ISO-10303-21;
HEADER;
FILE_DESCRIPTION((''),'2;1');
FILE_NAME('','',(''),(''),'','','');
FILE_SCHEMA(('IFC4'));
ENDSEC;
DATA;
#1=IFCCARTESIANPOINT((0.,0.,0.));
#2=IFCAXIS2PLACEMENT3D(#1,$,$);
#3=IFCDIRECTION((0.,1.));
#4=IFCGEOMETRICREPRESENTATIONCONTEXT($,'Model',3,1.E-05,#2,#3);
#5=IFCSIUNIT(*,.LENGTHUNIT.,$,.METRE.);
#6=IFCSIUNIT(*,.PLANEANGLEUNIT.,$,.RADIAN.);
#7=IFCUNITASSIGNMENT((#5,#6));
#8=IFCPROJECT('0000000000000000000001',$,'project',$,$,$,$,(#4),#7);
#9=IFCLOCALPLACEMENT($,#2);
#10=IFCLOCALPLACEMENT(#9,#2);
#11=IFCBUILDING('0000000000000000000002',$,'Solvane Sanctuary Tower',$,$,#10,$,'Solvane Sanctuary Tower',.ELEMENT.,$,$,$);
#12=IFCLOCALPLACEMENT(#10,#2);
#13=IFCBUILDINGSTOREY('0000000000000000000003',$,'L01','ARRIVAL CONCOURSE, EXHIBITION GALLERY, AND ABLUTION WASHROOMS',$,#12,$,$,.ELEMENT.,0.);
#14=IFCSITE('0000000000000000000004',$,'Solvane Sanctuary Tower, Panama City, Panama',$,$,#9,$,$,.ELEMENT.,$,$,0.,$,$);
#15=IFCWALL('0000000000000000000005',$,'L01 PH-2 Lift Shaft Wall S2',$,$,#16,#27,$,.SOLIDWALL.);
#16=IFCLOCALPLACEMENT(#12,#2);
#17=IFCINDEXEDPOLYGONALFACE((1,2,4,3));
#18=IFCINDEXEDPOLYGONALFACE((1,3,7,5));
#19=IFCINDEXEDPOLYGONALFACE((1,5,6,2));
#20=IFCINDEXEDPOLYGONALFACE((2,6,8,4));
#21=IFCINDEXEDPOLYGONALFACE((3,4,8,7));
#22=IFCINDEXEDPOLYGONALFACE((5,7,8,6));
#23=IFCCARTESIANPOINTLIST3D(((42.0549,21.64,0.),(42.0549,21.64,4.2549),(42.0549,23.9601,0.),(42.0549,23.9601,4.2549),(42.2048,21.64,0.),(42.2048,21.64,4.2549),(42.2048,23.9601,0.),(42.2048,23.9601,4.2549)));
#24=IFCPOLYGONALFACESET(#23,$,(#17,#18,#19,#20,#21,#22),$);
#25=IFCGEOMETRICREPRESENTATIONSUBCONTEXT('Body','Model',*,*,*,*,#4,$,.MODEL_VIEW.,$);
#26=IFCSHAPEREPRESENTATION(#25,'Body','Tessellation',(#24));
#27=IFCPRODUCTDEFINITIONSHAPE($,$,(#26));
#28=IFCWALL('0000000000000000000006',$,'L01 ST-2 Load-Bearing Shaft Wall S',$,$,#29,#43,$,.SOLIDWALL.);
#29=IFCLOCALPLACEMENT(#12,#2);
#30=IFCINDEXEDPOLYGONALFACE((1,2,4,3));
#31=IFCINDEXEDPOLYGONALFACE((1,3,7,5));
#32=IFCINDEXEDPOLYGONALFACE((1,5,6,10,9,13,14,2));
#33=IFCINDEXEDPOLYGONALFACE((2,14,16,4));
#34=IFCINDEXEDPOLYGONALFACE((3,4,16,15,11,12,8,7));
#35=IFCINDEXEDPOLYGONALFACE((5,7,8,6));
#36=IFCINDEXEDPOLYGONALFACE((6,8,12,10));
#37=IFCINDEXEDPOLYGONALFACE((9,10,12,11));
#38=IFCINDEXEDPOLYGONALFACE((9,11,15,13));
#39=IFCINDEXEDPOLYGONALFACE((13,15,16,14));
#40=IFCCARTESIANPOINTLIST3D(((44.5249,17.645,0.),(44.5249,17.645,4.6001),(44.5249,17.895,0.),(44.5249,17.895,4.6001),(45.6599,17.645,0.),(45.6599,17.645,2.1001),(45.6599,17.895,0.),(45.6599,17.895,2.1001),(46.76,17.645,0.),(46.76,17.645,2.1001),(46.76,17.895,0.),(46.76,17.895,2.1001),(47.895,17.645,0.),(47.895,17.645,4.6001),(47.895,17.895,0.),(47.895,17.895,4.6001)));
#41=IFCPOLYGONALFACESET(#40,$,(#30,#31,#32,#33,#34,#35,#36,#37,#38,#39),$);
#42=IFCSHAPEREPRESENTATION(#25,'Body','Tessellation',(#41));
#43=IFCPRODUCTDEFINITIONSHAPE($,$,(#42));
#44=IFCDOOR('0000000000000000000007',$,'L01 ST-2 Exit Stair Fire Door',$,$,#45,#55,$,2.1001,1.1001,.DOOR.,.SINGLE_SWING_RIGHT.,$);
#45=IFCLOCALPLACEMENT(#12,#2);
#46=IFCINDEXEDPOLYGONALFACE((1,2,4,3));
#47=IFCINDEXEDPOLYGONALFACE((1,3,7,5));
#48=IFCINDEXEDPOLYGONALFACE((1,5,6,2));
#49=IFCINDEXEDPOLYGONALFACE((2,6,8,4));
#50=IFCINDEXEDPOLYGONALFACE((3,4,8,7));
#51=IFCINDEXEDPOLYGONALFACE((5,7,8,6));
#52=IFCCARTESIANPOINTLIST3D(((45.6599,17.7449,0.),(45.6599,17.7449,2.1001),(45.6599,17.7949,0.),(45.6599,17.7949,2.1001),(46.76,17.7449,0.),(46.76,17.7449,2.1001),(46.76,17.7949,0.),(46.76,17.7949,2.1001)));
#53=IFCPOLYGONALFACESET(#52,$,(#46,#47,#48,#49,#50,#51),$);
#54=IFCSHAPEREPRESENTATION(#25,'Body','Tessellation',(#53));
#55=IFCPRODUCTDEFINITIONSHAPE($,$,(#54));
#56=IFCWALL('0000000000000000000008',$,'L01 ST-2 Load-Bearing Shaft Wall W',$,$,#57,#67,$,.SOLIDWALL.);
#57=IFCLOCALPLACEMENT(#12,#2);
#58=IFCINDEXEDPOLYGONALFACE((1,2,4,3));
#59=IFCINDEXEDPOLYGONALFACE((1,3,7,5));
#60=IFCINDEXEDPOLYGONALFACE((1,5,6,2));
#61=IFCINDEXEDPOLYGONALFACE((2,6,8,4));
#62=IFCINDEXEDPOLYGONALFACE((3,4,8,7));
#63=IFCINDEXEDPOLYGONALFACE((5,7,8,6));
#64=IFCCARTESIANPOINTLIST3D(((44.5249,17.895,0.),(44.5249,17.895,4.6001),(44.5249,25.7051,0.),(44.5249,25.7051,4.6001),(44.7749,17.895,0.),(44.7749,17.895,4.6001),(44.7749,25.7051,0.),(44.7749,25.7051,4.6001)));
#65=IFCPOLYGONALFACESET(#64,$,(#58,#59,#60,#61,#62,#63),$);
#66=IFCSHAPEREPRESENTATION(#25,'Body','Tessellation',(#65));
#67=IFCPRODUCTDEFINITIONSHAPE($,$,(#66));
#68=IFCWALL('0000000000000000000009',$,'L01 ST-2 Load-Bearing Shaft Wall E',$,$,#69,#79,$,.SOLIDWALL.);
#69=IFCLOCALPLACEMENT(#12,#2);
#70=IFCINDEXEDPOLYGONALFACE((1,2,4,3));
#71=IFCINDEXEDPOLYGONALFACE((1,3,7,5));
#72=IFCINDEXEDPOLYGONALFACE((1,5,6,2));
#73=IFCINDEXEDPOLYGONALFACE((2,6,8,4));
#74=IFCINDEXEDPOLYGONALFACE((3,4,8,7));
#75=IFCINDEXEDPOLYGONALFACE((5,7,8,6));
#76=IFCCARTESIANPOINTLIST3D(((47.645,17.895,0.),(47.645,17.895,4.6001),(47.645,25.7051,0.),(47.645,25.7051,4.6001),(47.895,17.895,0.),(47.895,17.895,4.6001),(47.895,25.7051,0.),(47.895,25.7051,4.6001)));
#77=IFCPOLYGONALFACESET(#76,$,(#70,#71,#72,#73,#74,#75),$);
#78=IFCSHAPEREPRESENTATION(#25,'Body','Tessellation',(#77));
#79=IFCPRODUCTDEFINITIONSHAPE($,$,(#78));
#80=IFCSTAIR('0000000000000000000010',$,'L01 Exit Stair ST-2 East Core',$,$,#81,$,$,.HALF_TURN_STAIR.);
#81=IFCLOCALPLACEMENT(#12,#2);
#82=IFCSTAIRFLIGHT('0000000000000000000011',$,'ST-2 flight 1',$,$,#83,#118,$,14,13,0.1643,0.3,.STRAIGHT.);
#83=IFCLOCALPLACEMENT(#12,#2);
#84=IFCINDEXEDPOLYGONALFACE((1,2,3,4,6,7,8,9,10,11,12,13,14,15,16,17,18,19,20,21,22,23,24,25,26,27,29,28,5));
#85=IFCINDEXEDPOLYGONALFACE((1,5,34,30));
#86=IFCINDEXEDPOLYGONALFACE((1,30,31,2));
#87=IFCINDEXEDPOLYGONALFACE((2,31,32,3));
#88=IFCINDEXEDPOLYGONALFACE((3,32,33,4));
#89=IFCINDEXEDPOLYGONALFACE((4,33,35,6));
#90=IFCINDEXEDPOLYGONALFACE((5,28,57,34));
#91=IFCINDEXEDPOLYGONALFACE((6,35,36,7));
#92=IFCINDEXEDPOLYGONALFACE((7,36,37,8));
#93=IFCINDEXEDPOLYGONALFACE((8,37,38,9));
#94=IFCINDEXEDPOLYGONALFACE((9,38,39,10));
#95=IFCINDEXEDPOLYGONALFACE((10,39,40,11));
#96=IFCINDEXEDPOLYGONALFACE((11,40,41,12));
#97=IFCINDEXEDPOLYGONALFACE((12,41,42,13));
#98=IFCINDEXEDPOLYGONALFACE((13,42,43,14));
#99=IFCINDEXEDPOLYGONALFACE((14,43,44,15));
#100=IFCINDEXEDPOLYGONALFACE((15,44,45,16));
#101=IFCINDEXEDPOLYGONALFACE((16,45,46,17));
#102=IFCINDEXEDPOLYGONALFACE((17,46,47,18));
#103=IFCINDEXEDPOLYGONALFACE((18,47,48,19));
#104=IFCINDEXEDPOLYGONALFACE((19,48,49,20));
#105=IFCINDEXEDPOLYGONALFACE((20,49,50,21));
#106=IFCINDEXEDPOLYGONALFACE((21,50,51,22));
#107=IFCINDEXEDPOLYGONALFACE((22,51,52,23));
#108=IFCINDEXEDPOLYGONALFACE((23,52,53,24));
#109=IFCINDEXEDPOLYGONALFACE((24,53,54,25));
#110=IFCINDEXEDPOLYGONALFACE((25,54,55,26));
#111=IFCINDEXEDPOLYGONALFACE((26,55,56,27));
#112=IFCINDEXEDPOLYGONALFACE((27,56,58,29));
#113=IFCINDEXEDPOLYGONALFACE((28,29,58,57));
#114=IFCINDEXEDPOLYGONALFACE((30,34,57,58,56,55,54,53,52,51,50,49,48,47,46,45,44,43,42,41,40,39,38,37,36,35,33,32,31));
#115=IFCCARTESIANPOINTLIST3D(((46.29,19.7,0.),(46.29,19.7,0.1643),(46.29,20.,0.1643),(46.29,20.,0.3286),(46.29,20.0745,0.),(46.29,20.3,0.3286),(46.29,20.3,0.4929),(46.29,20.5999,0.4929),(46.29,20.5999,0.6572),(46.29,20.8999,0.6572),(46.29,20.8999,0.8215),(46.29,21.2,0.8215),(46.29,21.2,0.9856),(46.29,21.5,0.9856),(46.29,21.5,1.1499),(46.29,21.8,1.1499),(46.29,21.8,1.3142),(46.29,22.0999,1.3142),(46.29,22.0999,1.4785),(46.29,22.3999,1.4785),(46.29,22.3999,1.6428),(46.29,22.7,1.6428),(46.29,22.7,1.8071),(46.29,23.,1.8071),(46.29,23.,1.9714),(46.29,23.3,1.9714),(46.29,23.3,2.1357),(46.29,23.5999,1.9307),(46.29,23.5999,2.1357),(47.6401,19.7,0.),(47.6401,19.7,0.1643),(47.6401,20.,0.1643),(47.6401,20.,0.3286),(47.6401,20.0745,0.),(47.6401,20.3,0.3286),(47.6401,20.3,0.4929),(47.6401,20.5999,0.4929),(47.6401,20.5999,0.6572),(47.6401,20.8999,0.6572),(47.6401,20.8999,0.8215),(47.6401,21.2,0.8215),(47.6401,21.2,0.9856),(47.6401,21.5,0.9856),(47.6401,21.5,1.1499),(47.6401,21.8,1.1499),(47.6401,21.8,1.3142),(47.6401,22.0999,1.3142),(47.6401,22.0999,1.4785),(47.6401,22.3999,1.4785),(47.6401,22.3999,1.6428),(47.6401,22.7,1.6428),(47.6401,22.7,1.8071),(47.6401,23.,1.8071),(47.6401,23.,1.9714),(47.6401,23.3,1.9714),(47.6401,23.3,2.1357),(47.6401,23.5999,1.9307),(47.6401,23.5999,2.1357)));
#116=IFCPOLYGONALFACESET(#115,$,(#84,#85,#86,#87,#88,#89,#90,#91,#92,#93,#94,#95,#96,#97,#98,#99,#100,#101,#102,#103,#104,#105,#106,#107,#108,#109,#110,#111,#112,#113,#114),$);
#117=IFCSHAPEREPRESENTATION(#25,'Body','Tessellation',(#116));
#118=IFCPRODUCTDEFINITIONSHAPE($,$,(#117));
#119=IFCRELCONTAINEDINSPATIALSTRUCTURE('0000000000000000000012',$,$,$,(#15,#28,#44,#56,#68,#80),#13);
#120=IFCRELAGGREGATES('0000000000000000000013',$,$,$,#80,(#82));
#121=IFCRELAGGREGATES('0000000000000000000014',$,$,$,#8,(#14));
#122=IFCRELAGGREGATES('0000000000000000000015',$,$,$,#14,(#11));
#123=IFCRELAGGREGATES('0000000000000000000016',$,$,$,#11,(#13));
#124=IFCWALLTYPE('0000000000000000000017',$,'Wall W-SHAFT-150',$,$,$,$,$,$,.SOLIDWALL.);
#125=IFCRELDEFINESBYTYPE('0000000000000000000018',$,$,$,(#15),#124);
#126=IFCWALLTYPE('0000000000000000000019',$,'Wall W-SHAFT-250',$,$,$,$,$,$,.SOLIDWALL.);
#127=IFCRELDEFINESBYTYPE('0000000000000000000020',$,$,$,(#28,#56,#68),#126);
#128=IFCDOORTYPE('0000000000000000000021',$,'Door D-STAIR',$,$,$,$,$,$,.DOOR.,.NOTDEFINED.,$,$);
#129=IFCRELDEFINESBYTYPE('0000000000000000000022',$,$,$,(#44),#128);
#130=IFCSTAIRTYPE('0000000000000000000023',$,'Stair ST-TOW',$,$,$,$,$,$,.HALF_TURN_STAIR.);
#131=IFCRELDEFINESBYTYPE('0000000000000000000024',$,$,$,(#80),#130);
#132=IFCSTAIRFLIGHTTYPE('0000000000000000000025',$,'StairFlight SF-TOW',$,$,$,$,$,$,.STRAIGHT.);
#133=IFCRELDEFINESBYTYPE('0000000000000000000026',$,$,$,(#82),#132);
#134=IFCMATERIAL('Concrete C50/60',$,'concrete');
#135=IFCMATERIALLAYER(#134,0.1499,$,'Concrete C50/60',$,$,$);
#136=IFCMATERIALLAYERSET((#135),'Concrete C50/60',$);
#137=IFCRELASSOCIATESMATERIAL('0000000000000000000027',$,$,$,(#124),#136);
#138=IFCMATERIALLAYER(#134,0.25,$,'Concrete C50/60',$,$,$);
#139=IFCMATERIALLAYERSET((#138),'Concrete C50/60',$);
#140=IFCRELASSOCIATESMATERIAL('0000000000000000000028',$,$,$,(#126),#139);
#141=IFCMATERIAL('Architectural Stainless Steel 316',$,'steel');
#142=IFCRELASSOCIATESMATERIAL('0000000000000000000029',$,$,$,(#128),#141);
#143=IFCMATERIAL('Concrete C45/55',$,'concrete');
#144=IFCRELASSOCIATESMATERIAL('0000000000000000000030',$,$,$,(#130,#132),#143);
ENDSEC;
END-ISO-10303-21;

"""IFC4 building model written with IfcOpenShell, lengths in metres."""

from ifc_helpers import new_model, si_unit, direction, frame, frame_2d, origin, place, context, subcontext, project, spatial, polyline, rectangle, outline, extrude, material, layer, layer_set, type_object, element, fill, aggregate, save


model = new_model("IFC4")

# Units and contexts
model_context = context("Model", 3, precision=1e-05, world=origin(), true_north=direction((0.0, 1.0)))
body_context = subcontext(model_context, "Body", "Model", "MODEL_VIEW")
ifc_project = project(units=[si_unit("LENGTHUNIT", "METRE"), si_unit("PLANEANGLEUNIT", "RADIAN")], contexts=[model_context])

# Site, building, storey
site_placement = place(None, origin())
site = spatial("IfcSite", under=ifc_project, at=site_placement, Name="Solvane Sanctuary Tower, Panama City, Panama", CompositionType="ELEMENT", RefElevation=0.0)
building_placement = place(site_placement, origin())
building = spatial("IfcBuilding", under=site, at=building_placement, Name="Solvane Sanctuary Tower", LongName="Solvane Sanctuary Tower", CompositionType="ELEMENT")
storey_placement = place(building_placement, origin())
storey = spatial("IfcBuildingStorey", under=building, at=storey_placement, Name="L01", Description="ARRIVAL CONCOURSE, EXHIBITION GALLERY, AND ABLUTION WASHROOMS", CompositionType="ELEMENT", Elevation=0.0)

# Shared definitions
ifc_material_1 = material(Name="Architectural Stainless Steel 316", Category="steel")

# Shared definitions
ifc_material_2 = material(Name="Concrete C50/60", Category="concrete")
ifc_layer_1 = layer(ifc_material_2, 0.1499, Name="Concrete C50/60")
ifc_layer_set_1 = layer_set([ifc_layer_1], Name="Concrete C50/60")
wall_type_1 = type_object("IfcWallType", Name="Wall W-SHAFT-150", PredefinedType="SOLIDWALL", material=ifc_layer_set_1)

# Wall
for number, where, z_axis, x_axis, name in (
    (1, (42.1299, 21.6399, 0.0), (0.0, 0.0, 1.0), (0.0, 1.0, 0.0), "L01 PH-2 Lift Shaft Wall S2"),
):
    element("IfcWall", number, at=place(storey_placement, frame(where, z_axis=z_axis, x_axis=x_axis)), inside=storey, type_object=wall_type_1, Name=name, PredefinedType="SOLIDWALL", context=body_context, shape_type="SweptSolid", body=[
        extrude(rectangle(XDim=2.3201, YDim=0.1499, at=frame_2d((1.1602, 0.0))), origin(), (0.0, 0.0, 1.0), 4.2549),
    ])

# Wall, opening, door
ifc_layer_2 = layer(ifc_material_2, 0.25, Name="Concrete C50/60")
ifc_layer_set_2 = layer_set([ifc_layer_2], Name="Concrete C50/60")
wall_type_2 = type_object("IfcWallType", Name="Wall W-SHAFT-250", PredefinedType="SOLIDWALL", material=ifc_layer_set_2)
wall_1_placement = place(storey_placement, frame((44.5249, 17.77, 0.0), z_axis=(0.0, 0.0, 1.0), x_axis=(1.0, 0.0, 0.0)))
wall_1 = element("IfcWall", 2, at=wall_1_placement, inside=storey, type_object=wall_type_2, Name="L01 ST-2 Load-Bearing Shaft Wall S", PredefinedType="SOLIDWALL", context=body_context, shape_type="SweptSolid", body=[
    extrude(rectangle(XDim=3.3701, YDim=0.25, at=frame_2d((1.6851, 0.0))), origin(), (0.0, 0.0, 1.0), 4.6001),
])
opening_1_placement = place(wall_1_placement, frame((1.135, 0.0, 0.0)))
opening_1 = element("IfcOpeningElement", 3, at=opening_1_placement, cuts=wall_1, PredefinedType="OPENING", context=body_context, shape_type="SweptSolid", body=[
    extrude(rectangle(XDim=1.1001, YDim=2.1001, at=frame_2d((0.55, 1.05))), frame((0.0, 0.135, 0.0), z_axis=(0.0, -1.0, 0.0), x_axis=(1.0, 0.0, 0.0)), (0.0, 0.0, 1.0), 0.27),
])
door_type_1 = type_object("IfcDoorType", Name="Door D-STAIR", OperationType="NOTDEFINED", PredefinedType="DOOR", material=ifc_material_1)
door_1_placement = place(opening_1_placement, origin())
door_1 = element("IfcDoor", 4, at=door_1_placement, inside=storey, type_object=door_type_1, Name="L01 ST-2 Exit Stair Fire Door", OperationType="SINGLE_SWING_RIGHT", OverallHeight=2.1001, OverallWidth=1.1001, PredefinedType="DOOR", context=body_context, shape_type="SweptSolid", body=[
    extrude(rectangle(XDim=1.1001, YDim=2.1001, at=frame_2d((0.55, 1.05))), frame((0.0, 0.0249, 0.0), z_axis=(0.0, -1.0, 0.0), x_axis=(1.0, 0.0, 0.0)), (0.0, 0.0, 1.0), 0.05),
])
fill(opening_1, door_1)

# Walls
for number, where, z_axis, x_axis, name in (
    (5, (44.6499, 17.895, 0.0), (0.0, 0.0, 1.0), (0.0, 1.0, 0.0), "L01 ST-2 Load-Bearing Shaft Wall W"),
    (6, (47.77, 17.895, 0.0), (0.0, 0.0, 1.0), (0.0, 1.0, 0.0), "L01 ST-2 Load-Bearing Shaft Wall E"),
):
    element("IfcWall", number, at=place(storey_placement, frame(where, z_axis=z_axis, x_axis=x_axis)), inside=storey, type_object=wall_type_2, Name=name, PredefinedType="SOLIDWALL", context=body_context, shape_type="SweptSolid", body=[
        extrude(rectangle(XDim=7.8101, YDim=0.25, at=frame_2d((3.905, 0.0))), origin(), (0.0, 0.0, 1.0), 4.6001),
    ])

# Stair, stair flight
ifc_material_3 = material(Name="Concrete C45/55", Category="concrete")
stair_type = type_object("IfcStairType", Name="Stair ST-TOW", PredefinedType="HALF_TURN_STAIR", material=ifc_material_3)
stair_placement = place(storey_placement, origin())
stair = element("IfcStair", 7, at=stair_placement, inside=storey, type_object=stair_type, Name="L01 Exit Stair ST-2 East Core", PredefinedType="HALF_TURN_STAIR")
stair_flight_type = type_object("IfcStairFlightType", Name="StairFlight SF-TOW", PredefinedType="STRAIGHT", material=ifc_material_3)
stair_flight_placement = place(storey_placement, frame((46.9651, 19.7, 0.0), z_axis=(0.0, 0.0, 1.0), x_axis=(0.0, 1.0, 0.0)))
stair_flight = element("IfcStairFlight", 8, at=stair_flight_placement, type_object=stair_flight_type, Name="ST-2 flight 1", NumberOfRisers=14, NumberOfTreads=13, PredefinedType="STRAIGHT", RiserHeight=0.1643, TreadLength=0.3, context=body_context, shape_type="SweptSolid", body=[
    extrude(outline(polyline([(0.0, 0.0), (0.0, 0.1643), (0.3, 0.1643), (0.3, 0.3286), (0.6001, 0.3286), (0.6001, 0.4929), (0.8999, 0.4929), (0.8999, 0.6572), (1.2, 0.6572), (1.2, 0.8215), (1.5, 0.8215), (1.5, 0.9856), (1.8, 0.9856), (1.8, 1.1499), (2.1001, 1.1499), (2.1001, 1.3142), (2.3999, 1.3142), (2.3999, 1.4785), (2.7, 1.4785), (2.7, 1.6428), (3.0, 1.6428), (3.0, 1.8071), (3.3, 1.8071), (3.3, 1.9714), (3.6001, 1.9714), (3.6001, 2.1357), (3.8999, 2.1357), (3.8999, 2.3), (3.8999, 1.9307), (0.3745, 0.0), (0.0, 0.0)])), frame((0.0, 0.675, 0.0), z_axis=(0.0, -1.0, 0.0), x_axis=(1.0, 0.0, 0.0)), (0.0, 0.0, 1.0), 1.3501),
])
aggregate(stair, [stair_flight])

save(model, "model.ifc")
